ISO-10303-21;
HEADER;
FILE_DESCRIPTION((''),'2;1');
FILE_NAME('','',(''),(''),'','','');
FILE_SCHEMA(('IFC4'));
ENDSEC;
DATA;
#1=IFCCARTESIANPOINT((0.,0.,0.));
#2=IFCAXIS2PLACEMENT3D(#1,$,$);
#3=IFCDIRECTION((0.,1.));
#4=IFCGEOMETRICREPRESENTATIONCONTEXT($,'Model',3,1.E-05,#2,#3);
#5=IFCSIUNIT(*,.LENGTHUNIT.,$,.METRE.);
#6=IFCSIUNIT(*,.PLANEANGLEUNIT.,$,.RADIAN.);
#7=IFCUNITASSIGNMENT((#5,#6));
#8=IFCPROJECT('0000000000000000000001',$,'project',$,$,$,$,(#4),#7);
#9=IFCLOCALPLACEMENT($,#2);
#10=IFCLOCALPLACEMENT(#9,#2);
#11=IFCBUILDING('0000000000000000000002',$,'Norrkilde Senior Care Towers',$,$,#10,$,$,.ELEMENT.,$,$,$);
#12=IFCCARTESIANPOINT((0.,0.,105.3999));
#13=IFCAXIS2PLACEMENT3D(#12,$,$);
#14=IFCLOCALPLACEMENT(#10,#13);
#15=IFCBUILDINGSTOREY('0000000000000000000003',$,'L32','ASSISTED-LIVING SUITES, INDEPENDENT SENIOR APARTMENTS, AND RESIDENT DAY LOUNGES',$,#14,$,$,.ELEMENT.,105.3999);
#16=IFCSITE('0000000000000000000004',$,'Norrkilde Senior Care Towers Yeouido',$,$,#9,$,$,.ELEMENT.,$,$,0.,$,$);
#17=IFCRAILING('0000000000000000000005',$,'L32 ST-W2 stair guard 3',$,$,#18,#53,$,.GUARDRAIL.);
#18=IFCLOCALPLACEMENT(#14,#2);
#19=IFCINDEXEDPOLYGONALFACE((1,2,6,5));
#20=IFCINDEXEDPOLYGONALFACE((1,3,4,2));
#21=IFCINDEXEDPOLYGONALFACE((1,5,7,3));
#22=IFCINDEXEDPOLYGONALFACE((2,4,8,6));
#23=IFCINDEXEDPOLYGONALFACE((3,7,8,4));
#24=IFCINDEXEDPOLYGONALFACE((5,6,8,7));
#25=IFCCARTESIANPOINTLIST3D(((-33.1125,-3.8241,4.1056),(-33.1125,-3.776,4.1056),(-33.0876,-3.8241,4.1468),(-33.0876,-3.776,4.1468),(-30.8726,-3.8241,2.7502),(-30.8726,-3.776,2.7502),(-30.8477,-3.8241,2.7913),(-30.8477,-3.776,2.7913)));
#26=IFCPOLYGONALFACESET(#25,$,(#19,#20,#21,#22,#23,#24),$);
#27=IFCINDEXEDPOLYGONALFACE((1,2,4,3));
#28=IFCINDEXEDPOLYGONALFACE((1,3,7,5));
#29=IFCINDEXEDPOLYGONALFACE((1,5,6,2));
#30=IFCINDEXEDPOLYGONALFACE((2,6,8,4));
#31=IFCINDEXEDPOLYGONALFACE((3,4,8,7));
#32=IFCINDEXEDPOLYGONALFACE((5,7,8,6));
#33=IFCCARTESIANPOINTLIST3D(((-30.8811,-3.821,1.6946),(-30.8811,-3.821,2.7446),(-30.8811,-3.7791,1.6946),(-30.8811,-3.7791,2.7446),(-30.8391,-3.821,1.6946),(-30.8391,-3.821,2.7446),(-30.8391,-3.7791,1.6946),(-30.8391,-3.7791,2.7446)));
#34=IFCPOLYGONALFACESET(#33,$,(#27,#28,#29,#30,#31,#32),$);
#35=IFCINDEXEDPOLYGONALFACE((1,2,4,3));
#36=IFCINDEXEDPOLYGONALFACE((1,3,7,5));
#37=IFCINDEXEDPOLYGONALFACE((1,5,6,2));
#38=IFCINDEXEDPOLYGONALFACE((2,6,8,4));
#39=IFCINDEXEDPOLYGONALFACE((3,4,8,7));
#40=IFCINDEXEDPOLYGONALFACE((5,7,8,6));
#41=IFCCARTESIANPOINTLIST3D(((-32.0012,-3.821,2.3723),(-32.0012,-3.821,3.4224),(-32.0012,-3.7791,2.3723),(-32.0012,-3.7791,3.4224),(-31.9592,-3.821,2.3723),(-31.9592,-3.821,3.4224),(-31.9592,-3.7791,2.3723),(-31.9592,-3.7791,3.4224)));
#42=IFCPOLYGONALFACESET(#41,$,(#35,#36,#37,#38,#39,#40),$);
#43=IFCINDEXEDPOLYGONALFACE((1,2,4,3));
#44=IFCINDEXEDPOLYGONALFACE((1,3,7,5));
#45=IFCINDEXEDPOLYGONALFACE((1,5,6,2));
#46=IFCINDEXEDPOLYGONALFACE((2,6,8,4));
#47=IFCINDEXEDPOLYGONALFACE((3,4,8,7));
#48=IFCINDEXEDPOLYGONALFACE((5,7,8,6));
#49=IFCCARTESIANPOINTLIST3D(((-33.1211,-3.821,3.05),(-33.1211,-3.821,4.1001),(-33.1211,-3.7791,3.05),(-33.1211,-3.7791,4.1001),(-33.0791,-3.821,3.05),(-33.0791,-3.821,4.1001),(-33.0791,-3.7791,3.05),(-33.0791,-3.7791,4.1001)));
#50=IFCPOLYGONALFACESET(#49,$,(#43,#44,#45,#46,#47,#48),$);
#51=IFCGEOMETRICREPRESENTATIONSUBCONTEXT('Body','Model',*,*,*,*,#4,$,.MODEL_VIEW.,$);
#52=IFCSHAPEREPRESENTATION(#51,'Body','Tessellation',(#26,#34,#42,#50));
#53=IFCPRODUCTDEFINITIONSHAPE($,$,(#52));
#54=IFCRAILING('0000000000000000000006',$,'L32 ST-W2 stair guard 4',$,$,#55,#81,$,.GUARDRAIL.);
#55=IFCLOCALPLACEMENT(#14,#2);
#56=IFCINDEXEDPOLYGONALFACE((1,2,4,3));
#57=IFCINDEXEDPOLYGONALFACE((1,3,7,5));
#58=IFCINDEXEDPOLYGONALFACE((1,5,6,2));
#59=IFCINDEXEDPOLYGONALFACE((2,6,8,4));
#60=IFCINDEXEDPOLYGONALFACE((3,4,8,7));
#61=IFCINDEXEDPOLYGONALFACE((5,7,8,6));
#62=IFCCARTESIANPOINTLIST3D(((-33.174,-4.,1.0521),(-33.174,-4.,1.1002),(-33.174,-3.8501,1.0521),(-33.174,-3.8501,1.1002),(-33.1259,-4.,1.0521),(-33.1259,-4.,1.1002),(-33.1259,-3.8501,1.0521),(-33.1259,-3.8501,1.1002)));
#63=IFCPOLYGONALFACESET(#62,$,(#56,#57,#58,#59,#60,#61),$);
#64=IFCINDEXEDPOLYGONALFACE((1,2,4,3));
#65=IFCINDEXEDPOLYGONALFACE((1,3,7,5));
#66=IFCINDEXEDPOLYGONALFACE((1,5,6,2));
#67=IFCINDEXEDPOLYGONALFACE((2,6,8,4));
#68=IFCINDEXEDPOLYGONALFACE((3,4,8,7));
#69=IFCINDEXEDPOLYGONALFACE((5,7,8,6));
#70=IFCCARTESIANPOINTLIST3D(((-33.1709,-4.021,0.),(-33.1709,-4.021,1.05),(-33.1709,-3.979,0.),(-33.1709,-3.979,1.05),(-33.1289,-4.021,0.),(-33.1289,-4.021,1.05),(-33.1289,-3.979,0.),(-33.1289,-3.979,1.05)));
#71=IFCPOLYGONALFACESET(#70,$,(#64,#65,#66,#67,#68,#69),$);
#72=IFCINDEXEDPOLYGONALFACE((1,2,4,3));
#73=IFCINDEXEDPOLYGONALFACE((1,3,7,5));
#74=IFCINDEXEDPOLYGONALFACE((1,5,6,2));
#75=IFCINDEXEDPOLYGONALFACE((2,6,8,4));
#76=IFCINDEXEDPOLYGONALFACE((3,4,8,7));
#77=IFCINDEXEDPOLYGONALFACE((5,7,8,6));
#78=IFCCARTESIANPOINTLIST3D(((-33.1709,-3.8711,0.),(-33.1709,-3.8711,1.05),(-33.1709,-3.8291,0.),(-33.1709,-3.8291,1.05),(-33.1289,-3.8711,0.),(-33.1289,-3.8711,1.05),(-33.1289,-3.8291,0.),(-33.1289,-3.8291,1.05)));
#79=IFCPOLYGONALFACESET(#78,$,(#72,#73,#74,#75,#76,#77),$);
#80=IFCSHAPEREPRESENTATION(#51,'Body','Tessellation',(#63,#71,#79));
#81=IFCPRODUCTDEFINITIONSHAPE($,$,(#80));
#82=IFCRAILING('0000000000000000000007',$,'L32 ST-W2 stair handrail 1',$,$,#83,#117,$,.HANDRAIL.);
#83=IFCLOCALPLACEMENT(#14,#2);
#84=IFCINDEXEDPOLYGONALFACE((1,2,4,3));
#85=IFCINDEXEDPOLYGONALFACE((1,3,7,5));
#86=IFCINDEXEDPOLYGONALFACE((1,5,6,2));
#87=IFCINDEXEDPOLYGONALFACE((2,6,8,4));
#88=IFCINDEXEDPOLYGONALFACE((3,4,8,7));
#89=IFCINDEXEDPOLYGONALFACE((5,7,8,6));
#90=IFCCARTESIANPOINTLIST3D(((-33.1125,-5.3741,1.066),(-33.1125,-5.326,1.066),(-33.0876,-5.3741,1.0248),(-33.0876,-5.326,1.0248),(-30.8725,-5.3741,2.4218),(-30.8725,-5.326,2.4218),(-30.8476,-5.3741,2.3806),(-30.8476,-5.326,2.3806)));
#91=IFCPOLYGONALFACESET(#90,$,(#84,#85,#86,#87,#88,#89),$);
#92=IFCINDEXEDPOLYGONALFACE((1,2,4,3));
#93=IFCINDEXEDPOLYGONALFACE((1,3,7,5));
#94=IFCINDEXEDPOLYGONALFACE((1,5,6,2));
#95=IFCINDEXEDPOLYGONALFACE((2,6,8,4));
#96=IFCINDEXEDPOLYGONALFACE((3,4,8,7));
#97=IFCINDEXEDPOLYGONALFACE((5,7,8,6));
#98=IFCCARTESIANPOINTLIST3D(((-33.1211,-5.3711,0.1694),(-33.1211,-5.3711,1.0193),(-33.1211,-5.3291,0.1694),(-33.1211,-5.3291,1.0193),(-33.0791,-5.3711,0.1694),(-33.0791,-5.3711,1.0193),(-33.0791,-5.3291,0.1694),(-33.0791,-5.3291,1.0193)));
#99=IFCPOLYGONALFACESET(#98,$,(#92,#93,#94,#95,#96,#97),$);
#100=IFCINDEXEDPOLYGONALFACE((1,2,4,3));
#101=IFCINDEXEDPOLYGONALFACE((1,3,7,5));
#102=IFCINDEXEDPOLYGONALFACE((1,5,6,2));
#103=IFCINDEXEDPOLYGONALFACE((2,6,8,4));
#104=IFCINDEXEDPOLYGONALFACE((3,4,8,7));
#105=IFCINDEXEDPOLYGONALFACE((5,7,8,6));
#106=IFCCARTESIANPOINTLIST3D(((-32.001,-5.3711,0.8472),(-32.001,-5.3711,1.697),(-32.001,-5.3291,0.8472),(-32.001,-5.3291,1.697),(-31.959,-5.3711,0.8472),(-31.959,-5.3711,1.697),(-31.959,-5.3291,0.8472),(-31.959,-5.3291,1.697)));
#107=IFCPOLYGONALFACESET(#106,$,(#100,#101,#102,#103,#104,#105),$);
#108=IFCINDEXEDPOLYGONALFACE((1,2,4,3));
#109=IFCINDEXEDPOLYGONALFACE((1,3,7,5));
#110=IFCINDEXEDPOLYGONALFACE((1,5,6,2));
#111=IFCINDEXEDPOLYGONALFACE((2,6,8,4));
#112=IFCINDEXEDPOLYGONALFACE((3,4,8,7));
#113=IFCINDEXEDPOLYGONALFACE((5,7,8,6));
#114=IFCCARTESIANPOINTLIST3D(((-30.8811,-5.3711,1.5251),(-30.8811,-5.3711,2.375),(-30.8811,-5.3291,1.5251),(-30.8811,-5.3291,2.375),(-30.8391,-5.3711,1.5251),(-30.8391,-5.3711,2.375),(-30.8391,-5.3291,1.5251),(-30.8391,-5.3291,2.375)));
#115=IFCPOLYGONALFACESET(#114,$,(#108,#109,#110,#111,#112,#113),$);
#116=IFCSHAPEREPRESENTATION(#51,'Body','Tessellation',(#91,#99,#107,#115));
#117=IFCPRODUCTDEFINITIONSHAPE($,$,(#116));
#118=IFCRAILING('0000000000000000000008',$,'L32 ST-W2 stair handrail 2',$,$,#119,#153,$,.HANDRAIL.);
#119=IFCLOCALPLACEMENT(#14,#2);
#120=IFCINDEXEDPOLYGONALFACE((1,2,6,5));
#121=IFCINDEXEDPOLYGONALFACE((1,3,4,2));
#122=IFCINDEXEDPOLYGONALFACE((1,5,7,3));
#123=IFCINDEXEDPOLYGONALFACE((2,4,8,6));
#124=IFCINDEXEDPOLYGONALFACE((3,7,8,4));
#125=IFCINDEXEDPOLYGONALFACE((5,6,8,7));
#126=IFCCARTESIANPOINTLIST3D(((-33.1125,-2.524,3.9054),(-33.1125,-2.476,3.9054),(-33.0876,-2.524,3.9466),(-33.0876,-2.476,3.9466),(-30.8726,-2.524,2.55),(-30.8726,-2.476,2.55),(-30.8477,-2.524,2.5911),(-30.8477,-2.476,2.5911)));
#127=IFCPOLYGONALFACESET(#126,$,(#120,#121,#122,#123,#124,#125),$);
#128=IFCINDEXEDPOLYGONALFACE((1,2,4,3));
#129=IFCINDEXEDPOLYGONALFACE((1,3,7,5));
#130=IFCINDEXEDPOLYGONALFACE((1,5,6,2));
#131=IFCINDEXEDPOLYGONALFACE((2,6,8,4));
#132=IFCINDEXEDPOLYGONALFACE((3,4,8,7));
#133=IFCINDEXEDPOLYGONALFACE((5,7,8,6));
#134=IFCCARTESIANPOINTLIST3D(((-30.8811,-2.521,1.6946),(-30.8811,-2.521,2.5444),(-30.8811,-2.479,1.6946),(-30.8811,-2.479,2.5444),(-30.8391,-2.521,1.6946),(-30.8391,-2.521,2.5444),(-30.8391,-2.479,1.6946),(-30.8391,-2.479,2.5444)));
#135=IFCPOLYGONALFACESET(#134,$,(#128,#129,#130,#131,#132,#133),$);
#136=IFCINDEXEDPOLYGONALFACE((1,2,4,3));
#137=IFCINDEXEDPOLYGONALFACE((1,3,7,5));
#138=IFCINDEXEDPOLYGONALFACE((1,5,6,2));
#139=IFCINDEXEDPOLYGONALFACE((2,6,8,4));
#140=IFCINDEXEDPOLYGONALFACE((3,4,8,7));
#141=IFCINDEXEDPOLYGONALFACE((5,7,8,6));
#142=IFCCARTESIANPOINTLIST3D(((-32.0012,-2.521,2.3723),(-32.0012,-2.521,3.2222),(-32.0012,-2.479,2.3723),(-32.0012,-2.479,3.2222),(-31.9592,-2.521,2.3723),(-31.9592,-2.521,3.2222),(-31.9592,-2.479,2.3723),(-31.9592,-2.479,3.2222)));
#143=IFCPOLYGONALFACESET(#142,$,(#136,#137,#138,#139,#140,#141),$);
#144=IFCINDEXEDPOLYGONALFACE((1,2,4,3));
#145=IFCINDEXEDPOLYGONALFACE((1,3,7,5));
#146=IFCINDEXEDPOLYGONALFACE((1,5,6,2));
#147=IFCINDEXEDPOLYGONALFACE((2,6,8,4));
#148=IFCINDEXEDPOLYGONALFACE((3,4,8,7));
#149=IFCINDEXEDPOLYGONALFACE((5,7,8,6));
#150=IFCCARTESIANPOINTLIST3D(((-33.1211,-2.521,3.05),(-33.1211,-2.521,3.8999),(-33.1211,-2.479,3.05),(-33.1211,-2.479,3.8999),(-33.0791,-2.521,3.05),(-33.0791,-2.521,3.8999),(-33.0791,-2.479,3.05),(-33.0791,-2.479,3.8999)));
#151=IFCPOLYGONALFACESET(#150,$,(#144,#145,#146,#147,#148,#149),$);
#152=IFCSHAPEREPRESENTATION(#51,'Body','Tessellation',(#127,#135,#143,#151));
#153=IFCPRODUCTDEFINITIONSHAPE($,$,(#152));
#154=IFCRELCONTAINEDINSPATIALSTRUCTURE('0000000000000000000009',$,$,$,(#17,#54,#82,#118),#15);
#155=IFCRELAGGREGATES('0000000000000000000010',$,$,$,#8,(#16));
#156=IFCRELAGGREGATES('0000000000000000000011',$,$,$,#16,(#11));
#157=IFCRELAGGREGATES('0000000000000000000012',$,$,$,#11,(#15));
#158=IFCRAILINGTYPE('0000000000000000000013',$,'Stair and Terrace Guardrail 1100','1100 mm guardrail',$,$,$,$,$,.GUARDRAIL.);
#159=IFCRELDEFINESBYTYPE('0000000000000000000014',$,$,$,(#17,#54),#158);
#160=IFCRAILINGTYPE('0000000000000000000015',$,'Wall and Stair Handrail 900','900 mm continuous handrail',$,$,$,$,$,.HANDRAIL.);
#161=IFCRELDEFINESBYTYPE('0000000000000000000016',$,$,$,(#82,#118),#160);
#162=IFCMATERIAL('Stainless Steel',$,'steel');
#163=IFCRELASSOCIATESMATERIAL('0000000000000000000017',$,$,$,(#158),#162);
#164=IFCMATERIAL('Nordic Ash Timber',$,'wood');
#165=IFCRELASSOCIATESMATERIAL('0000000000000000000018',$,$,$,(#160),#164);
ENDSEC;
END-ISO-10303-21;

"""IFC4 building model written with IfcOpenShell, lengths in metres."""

from ifc_helpers import new_model, si_unit, direction, frame, origin, origin_2d, place, context, subcontext, project, spatial, rectangle, extrude, material, type_object, element, save


model = new_model("IFC4")

# Units and contexts
model_context = context("Model", 3, precision=1e-05, world=origin(), true_north=direction((0.0, 1.0)))
body_context = subcontext(model_context, "Body", "Model", "MODEL_VIEW")
ifc_project = project(units=[si_unit("LENGTHUNIT", "METRE"), si_unit("PLANEANGLEUNIT", "RADIAN")], contexts=[model_context])

# Site, building, storey
site_placement = place(None, origin())
site = spatial("IfcSite", under=ifc_project, at=site_placement, Name="Norrkilde Senior Care Towers Yeouido", CompositionType="ELEMENT", RefElevation=0.0)
building_placement = place(site_placement, origin())
building = spatial("IfcBuilding", under=site, at=building_placement, Name="Norrkilde Senior Care Towers", CompositionType="ELEMENT")
storey_placement = place(building_placement, frame((0.0, 0.0, 105.3999)))
storey = spatial("IfcBuildingStorey", under=building, at=storey_placement, Name="L32", Description="ASSISTED-LIVING SUITES, INDEPENDENT SENIOR APARTMENTS, AND RESIDENT DAY LOUNGES", CompositionType="ELEMENT", Elevation=105.3999)

# Shared definitions
ifc_material_1 = material(Name="Nordic Ash Timber", Category="wood")

# Railings
ifc_material_2 = material(Name="Stainless Steel", Category="steel")
railing_type_1 = type_object("IfcRailingType", Name="Stair and Terrace Guardrail 1100", Description="1100 mm guardrail", PredefinedType="GUARDRAIL", material=ifc_material_2)
railing_1_placement = place(storey_placement, frame((-30.8601, -3.8, 1.6946)))
element("IfcRailing", 1, at=railing_1_placement, inside=storey, type_object=railing_type_1, Name="L32 ST-W2 stair guard 3", PredefinedType="GUARDRAIL", context=body_context, shape_type="SweptSolid", body=[
    extrude(rectangle(XDim=0.0481, YDim=0.0481, at=origin_2d()), frame((0.0, 0.0, 1.0762), z_axis=(-0.855553, 0.0, 0.517715), x_axis=(0.0, -1.0, 0.0)), (0.0, 0.0, 1.0), 2.6182),
    extrude(rectangle(XDim=0.042, YDim=0.042, at=origin_2d()), origin(), (0.0, 0.0, 1.0), 1.05),
    extrude(rectangle(XDim=0.042, YDim=0.042, at=origin_2d()), frame((-1.1201, 0.0, 0.6777)), (0.0, 0.0, 1.0), 1.05),
    extrude(rectangle(XDim=0.042, YDim=0.042, at=origin_2d()), frame((-2.24, 0.0, 1.3555)), (0.0, 0.0, 1.0), 1.05),
])
railing_2_placement = place(storey_placement, frame((-33.1499, -4.0, 0.0)))
element("IfcRailing", 2, at=railing_2_placement, inside=storey, type_object=railing_type_1, Name="L32 ST-W2 stair guard 4", PredefinedType="GUARDRAIL", context=body_context, shape_type="SweptSolid", body=[
    extrude(rectangle(XDim=0.0481, YDim=0.0481, at=origin_2d()), frame((0.0, 0.0, 1.0762), z_axis=(0.0, 1.0, 0.0), x_axis=(-1.0, 0.0, 0.0)), (0.0, 0.0, 1.0), 0.1499),
    extrude(rectangle(XDim=0.042, YDim=0.042, at=origin_2d()), origin(), (0.0, 0.0, 1.0), 1.05),
    extrude(rectangle(XDim=0.042, YDim=0.042, at=origin_2d()), frame((0.0, 0.1499, 0.0)), (0.0, 0.0, 1.0), 1.05),
])
railing_type_2 = type_object("IfcRailingType", Name="Wall and Stair Handrail 900", Description="900 mm continuous handrail", PredefinedType="HANDRAIL", material=ifc_material_1)
railing_3_placement = place(storey_placement, frame((-33.1001, -5.3501, 0.1694)))
element("IfcRailing", 3, at=railing_3_placement, inside=storey, type_object=railing_type_2, Name="L32 ST-W2 stair handrail 1", PredefinedType="HANDRAIL", context=body_context, shape_type="SweptSolid", body=[
    extrude(rectangle(XDim=0.0481, YDim=0.0481, at=origin_2d()), frame((0.0, 0.0, 0.876), z_axis=(0.855512, 0.0, 0.517783), x_axis=(0.0, 1.0, 0.0)), (0.0, 0.0, 1.0), 2.6184),
    extrude(rectangle(XDim=0.042, YDim=0.042, at=origin_2d()), origin(), (0.0, 0.0, 1.0), 0.8499),
    extrude(rectangle(XDim=0.042, YDim=0.042, at=origin_2d()), frame((1.1201, 0.0, 0.6777)), (0.0, 0.0, 1.0), 0.8499),
    extrude(rectangle(XDim=0.042, YDim=0.042, at=origin_2d()), frame((2.24, 0.0, 1.3557)), (0.0, 0.0, 1.0), 0.8499),
])
railing_4_placement = place(storey_placement, frame((-30.8601, -2.5, 1.6946)))
element("IfcRailing", 4, at=railing_4_placement, inside=storey, type_object=railing_type_2, Name="L32 ST-W2 stair handrail 2", PredefinedType="HANDRAIL", context=body_context, shape_type="SweptSolid", body=[
    extrude(rectangle(XDim=0.0481, YDim=0.0481, at=origin_2d()), frame((0.0, 0.0, 0.876), z_axis=(-0.855553, 0.0, 0.517715), x_axis=(0.0, -1.0, 0.0)), (0.0, 0.0, 1.0), 2.6182),
    extrude(rectangle(XDim=0.042, YDim=0.042, at=origin_2d()), origin(), (0.0, 0.0, 1.0), 0.8499),
    extrude(rectangle(XDim=0.042, YDim=0.042, at=origin_2d()), frame((-1.1201, 0.0, 0.6777)), (0.0, 0.0, 1.0), 0.8499),
    extrude(rectangle(XDim=0.042, YDim=0.042, at=origin_2d()), frame((-2.24, 0.0, 1.3555)), (0.0, 0.0, 1.0), 0.8499),
])

save(model, "model.ifc")
